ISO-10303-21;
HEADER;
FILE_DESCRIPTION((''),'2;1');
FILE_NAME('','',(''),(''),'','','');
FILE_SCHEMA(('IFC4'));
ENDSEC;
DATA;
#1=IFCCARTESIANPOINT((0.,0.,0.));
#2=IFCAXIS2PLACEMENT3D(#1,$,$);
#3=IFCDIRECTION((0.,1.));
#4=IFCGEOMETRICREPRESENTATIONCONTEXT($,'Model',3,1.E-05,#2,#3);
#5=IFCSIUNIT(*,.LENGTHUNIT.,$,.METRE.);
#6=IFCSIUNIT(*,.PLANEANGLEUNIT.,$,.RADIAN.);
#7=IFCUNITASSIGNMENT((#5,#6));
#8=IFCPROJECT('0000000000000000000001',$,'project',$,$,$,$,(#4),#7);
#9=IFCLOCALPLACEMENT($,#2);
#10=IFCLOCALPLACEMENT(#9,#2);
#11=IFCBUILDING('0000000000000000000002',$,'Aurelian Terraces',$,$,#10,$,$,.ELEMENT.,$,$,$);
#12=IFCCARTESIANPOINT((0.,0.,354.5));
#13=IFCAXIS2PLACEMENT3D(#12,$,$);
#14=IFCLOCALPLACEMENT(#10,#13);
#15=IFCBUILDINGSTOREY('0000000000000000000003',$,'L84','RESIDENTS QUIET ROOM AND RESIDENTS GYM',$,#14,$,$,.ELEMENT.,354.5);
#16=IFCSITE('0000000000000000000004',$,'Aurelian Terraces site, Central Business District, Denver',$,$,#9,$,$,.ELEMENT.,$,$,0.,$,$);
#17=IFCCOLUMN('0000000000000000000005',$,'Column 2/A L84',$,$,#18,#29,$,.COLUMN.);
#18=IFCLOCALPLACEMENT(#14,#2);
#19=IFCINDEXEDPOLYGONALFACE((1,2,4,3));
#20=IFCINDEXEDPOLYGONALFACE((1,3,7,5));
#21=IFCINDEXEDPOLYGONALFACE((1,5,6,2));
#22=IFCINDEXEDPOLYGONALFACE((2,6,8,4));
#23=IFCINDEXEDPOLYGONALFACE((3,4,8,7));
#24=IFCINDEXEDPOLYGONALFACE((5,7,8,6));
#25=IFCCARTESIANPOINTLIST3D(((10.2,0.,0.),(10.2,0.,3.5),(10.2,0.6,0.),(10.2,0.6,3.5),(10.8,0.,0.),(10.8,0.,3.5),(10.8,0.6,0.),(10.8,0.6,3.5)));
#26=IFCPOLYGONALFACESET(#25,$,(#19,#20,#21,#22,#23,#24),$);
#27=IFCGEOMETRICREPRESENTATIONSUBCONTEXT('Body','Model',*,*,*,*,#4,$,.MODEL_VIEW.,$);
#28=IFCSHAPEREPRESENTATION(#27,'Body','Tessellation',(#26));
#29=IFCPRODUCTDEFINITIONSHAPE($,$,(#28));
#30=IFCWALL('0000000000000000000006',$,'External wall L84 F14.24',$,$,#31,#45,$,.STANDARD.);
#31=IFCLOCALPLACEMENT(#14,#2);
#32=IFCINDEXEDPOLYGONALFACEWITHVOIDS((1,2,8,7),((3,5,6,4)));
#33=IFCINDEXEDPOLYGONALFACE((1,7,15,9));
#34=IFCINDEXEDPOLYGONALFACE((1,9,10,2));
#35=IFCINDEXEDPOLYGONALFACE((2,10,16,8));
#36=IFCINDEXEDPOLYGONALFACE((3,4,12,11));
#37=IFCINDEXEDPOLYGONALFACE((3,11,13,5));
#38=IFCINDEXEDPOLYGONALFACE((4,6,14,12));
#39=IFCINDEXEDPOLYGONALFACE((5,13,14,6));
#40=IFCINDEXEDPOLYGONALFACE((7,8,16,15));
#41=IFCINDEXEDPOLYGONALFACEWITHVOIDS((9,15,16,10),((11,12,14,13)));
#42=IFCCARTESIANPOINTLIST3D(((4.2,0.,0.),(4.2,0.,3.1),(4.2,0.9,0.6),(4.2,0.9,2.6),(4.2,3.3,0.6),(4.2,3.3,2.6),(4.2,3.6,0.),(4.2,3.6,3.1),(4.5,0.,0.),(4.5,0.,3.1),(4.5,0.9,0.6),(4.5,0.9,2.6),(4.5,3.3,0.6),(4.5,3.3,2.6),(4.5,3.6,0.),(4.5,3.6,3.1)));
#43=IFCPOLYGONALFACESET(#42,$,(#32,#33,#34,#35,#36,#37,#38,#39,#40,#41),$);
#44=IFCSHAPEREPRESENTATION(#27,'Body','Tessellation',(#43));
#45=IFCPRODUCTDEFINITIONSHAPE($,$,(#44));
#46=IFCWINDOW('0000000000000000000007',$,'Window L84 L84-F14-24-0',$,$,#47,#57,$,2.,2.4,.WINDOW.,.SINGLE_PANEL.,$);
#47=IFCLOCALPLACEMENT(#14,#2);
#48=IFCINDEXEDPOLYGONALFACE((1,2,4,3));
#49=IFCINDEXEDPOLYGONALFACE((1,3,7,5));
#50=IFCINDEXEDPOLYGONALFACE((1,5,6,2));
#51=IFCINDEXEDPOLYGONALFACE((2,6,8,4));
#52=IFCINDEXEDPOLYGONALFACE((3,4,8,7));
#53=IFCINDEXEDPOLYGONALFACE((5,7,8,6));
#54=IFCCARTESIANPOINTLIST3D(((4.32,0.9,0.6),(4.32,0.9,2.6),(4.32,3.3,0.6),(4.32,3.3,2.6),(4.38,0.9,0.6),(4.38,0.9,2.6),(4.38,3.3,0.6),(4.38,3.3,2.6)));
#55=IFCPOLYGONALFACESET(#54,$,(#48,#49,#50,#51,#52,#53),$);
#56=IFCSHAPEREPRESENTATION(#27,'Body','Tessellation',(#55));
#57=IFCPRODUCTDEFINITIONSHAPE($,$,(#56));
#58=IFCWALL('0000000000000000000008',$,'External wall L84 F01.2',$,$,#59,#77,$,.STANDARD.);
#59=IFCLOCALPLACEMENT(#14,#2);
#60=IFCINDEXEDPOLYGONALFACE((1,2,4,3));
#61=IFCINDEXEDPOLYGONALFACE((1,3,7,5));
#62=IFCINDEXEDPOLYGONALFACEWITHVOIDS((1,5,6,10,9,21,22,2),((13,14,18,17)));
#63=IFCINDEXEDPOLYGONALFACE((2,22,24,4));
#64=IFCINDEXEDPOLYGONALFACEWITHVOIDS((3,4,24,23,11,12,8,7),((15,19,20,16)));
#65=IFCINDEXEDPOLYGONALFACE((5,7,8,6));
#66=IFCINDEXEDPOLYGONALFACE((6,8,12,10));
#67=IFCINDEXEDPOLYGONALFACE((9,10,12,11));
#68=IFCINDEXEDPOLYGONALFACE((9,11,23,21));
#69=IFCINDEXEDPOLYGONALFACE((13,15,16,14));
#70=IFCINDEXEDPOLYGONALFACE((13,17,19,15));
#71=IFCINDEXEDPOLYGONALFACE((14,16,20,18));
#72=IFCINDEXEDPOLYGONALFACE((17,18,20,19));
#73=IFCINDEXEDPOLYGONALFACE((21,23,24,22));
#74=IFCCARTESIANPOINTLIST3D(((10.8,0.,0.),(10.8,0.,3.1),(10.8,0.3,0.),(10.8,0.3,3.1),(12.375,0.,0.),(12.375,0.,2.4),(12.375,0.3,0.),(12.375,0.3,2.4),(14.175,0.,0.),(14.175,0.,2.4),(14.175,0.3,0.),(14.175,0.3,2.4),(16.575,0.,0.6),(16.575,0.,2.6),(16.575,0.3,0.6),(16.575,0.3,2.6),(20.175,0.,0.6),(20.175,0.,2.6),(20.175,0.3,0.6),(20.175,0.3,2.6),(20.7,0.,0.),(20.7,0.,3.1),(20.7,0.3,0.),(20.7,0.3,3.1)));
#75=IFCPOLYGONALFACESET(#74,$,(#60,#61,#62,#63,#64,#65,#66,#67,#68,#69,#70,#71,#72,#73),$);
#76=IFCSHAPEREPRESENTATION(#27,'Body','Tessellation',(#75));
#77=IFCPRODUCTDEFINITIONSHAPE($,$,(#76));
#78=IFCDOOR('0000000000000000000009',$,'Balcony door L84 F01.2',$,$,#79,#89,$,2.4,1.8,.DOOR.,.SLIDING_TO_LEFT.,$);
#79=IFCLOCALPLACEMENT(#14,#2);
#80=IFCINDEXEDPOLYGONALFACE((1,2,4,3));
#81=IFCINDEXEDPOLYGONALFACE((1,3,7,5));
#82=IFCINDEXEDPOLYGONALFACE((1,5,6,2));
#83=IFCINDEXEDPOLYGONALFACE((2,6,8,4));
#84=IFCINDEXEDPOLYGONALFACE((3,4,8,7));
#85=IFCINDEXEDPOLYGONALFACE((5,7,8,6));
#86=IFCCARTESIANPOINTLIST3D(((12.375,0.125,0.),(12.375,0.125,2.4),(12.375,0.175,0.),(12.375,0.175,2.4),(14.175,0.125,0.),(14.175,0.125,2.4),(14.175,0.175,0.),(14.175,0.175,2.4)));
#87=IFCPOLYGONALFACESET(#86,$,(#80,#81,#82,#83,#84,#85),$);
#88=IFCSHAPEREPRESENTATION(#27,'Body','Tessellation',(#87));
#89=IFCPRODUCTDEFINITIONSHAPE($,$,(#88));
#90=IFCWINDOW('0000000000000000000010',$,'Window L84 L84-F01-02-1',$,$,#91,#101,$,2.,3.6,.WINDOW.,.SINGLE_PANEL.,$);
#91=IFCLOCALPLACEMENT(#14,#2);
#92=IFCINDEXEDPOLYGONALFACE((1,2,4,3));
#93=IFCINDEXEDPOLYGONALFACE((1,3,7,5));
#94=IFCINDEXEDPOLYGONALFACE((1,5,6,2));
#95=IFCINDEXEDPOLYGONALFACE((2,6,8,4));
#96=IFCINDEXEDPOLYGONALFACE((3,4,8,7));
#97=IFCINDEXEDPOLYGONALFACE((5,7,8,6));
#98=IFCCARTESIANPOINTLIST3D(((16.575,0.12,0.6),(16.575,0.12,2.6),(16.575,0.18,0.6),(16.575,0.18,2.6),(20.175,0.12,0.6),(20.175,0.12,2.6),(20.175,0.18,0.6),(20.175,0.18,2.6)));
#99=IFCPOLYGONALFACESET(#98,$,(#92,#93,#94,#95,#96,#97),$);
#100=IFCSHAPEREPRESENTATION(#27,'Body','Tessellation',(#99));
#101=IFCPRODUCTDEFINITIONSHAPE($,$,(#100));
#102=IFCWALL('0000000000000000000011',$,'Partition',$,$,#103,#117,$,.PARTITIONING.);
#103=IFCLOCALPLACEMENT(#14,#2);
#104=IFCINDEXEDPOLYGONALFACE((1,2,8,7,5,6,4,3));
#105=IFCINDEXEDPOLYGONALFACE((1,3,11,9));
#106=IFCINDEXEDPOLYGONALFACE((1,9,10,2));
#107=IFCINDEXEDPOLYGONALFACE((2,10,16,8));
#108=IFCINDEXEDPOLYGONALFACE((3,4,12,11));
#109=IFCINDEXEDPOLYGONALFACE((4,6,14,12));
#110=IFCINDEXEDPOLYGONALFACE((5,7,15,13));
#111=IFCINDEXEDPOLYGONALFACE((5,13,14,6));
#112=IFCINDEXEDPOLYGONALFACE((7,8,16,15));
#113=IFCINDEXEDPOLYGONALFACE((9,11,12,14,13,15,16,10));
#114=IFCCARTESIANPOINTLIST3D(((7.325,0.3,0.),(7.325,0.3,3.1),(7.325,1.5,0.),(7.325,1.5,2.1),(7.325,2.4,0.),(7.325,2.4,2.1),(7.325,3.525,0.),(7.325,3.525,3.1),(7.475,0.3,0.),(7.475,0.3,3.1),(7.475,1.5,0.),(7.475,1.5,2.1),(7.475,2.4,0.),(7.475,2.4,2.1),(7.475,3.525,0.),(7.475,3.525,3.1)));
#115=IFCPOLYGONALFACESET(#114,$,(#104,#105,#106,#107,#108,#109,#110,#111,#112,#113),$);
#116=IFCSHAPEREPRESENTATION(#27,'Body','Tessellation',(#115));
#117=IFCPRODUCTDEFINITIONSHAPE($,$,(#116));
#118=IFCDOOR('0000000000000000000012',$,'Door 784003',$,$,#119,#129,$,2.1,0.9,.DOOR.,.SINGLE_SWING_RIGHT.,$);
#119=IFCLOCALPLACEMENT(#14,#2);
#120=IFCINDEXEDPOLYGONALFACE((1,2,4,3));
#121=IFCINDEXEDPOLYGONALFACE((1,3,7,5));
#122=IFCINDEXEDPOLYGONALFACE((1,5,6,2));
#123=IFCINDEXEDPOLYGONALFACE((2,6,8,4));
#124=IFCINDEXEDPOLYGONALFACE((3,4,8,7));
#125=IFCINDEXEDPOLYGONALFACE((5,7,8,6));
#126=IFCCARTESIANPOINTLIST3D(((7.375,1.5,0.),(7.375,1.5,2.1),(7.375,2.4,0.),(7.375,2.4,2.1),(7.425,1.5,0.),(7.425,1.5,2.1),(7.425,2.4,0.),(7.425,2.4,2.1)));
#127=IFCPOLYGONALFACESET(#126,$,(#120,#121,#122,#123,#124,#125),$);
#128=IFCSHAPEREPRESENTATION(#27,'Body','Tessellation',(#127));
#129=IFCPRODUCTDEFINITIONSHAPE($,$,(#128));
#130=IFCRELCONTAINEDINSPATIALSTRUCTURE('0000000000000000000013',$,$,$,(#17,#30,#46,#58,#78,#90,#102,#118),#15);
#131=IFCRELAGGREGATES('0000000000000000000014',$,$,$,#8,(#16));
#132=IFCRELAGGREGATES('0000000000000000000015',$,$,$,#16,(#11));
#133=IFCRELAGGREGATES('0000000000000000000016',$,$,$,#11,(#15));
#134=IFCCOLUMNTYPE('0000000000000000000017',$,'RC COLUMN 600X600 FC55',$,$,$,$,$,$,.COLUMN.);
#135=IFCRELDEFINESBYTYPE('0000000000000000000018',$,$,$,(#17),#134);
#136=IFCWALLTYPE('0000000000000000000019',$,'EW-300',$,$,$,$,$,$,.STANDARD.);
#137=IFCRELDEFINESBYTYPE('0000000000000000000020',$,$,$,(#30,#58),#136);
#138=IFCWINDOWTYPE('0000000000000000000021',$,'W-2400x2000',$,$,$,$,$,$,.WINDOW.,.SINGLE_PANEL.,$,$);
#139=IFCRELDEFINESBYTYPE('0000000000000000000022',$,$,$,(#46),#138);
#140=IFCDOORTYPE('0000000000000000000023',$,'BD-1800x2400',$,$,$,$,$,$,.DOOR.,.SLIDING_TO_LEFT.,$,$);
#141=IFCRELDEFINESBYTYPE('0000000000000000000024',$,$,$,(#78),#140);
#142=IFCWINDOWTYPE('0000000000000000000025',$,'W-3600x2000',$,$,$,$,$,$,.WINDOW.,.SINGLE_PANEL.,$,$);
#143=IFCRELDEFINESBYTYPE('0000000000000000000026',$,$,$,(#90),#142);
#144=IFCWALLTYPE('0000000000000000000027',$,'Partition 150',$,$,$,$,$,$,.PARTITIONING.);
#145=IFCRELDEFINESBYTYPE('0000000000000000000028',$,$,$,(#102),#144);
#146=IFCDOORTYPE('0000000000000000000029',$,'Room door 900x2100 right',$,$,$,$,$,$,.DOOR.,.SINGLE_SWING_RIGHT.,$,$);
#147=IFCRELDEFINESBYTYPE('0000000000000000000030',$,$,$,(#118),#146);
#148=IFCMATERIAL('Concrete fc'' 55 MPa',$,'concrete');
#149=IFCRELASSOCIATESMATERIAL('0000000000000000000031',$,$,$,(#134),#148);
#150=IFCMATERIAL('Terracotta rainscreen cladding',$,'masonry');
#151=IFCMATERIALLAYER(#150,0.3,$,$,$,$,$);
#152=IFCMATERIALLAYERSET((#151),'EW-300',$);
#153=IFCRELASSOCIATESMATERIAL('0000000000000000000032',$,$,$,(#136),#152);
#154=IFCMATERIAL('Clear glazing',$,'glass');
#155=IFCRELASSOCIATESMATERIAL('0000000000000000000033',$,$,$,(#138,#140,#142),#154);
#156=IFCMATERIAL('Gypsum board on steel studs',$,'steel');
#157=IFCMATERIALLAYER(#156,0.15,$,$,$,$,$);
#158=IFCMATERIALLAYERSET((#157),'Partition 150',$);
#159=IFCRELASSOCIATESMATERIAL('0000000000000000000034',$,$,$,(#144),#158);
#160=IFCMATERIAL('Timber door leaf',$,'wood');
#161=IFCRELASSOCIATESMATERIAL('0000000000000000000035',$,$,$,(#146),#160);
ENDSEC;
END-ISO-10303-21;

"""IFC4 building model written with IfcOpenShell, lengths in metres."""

from ifc_helpers import new_model, si_unit, direction, frame, frame_2d, origin, origin_2d, place, context, subcontext, project, spatial, rectangle, extrude, source, transform, mapped, material, layer, layer_set, material_profile, profile_set, type_object, element, fill, save


model = new_model("IFC4")

# Units and contexts
model_context = context("Model", 3, precision=1e-05, world=origin(), true_north=direction((0.0, 1.0)))
body_context = subcontext(model_context, "Body", "Model", "MODEL_VIEW")
ifc_project = project(units=[si_unit("LENGTHUNIT", "METRE"), si_unit("PLANEANGLEUNIT", "RADIAN")], contexts=[model_context])

# Site, building, storey
site_placement = place(None, origin())
site = spatial("IfcSite", under=ifc_project, at=site_placement, Name="Aurelian Terraces site, Central Business District, Denver", CompositionType="ELEMENT", RefElevation=0.0)
building_placement = place(site_placement, origin())
building = spatial("IfcBuilding", under=site, at=building_placement, Name="Aurelian Terraces", CompositionType="ELEMENT")
storey_placement = place(building_placement, frame((0.0, 0.0, 354.5)))
storey = spatial("IfcBuildingStorey", under=building, at=storey_placement, Name="L84", Description="RESIDENTS QUIET ROOM AND RESIDENTS GYM", CompositionType="ELEMENT", Elevation=354.5)

# Column
ifc_material_1 = material(Name="Concrete fc' 55 MPa", Category="concrete")
ifc_material_profile = material_profile(ifc_material_1, rectangle(XDim=0.6, YDim=0.6, at=origin_2d()))
ifc_profile_set = profile_set([ifc_material_profile], Name="Concrete fc' 55 MPa")
column_type = type_object("IfcColumnType", Name="RC COLUMN 600X600 FC55", PredefinedType="COLUMN", material=ifc_profile_set)
shared_shape_1 = source(origin(), body_context, "Body", "SweptSolid", [
    extrude(rectangle(XDim=0.6, YDim=0.6, at=origin_2d()), origin(), (0.0, 0.0, 1.0), 3.5),
])
column_placement = place(storey_placement, frame((10.5, 0.3, 0.0), z_axis=(0.0, 0.0, 1.0), x_axis=(1.0, 0.0, 0.0)))
element("IfcColumn", 1, at=column_placement, inside=storey, type_object=column_type, Name="Column 2/A L84", PredefinedType="COLUMN", context=body_context, shape_type="MappedRepresentation", body=[
    mapped(shared_shape_1, transform((0.0, 0.0, 0.0), scale=1.0)),
])

# Wall, opening, window
ifc_material_2 = material(Name="Terracotta rainscreen cladding", Category="masonry")
ifc_layer_1 = layer(ifc_material_2, 0.3)
ifc_layer_set_1 = layer_set([ifc_layer_1], Name="EW-300")
wall_type_1 = type_object("IfcWallType", Name="EW-300", PredefinedType="STANDARD", material=ifc_layer_set_1)
shared_shape_2 = source(origin(), body_context, "Body", "SweptSolid", [
    extrude(rectangle(XDim=3.6, YDim=0.3, at=frame_2d((1.8, 0.0))), origin(), (0.0, 0.0, 1.0), 3.1),
])
wall_1_placement = place(storey_placement, frame((4.35, 3.6, 0.0), z_axis=(0.0, 0.0, 1.0), x_axis=(0.0, -1.0, 0.0)))
wall_1 = element("IfcWall", 2, at=wall_1_placement, inside=storey, type_object=wall_type_1, Name="External wall L84 F14.24", PredefinedType="STANDARD", context=body_context, shape_type="MappedRepresentation", body=[
    mapped(shared_shape_2, transform((0.0, 0.0, 0.0), scale=1.0)),
])
shared_shape_3 = source(origin(), body_context, "Body", "SweptSolid", [
    extrude(rectangle(XDim=2.4, YDim=2.0, at=frame_2d((1.2, 1.0))), frame((0.0, 0.16, 0.0), z_axis=(0.0, -1.0, 0.0), x_axis=(1.0, 0.0, 0.0)), (0.0, 0.0, 1.0), 0.32),
])
opening_1_placement = place(wall_1_placement, frame((0.3, 0.0, 0.6)))
opening_1 = element("IfcOpeningElement", 3, at=opening_1_placement, cuts=wall_1, PredefinedType="OPENING", context=body_context, shape_type="MappedRepresentation", body=[
    mapped(shared_shape_3, transform((0.0, 0.0, 0.0), scale=1.0)),
])
ifc_material_3 = material(Name="Clear glazing", Category="glass")
window_type_1 = type_object("IfcWindowType", Name="W-2400x2000", PartitioningType="SINGLE_PANEL", PredefinedType="WINDOW", material=ifc_material_3)
shared_shape_4 = source(origin(), body_context, "Body", "SweptSolid", [
    extrude(rectangle(XDim=2.4, YDim=2.0, at=frame_2d((1.2, 1.0))), frame((0.0, 0.03, 0.0), z_axis=(0.0, -1.0, 0.0), x_axis=(1.0, 0.0, 0.0)), (0.0, 0.0, 1.0), 0.06),
])
window_1_placement = place(opening_1_placement, origin())
window_1 = element("IfcWindow", 4, at=window_1_placement, inside=storey, type_object=window_type_1, Name="Window L84 L84-F14-24-0", OverallHeight=2.0, OverallWidth=2.4, PartitioningType="SINGLE_PANEL", PredefinedType="WINDOW", context=body_context, shape_type="MappedRepresentation", body=[
    mapped(shared_shape_4, transform((0.0, 0.0, 0.0), scale=1.0)),
])
fill(opening_1, window_1)

# Wall, openings, door, window
shared_shape_5 = source(origin(), body_context, "Body", "SweptSolid", [
    extrude(rectangle(XDim=9.9, YDim=0.3, at=frame_2d((4.95, 0.0))), origin(), (0.0, 0.0, 1.0), 3.1),
])
wall_2_placement = place(storey_placement, frame((10.8, 0.15, 0.0), z_axis=(0.0, 0.0, 1.0), x_axis=(1.0, 0.0, 0.0)))
wall_2 = element("IfcWall", 5, at=wall_2_placement, inside=storey, type_object=wall_type_1, Name="External wall L84 F01.2", PredefinedType="STANDARD", context=body_context, shape_type="MappedRepresentation", body=[
    mapped(shared_shape_5, transform((0.0, 0.0, 0.0), scale=1.0)),
])
shared_shape_6 = source(origin(), body_context, "Body", "SweptSolid", [
    extrude(rectangle(XDim=1.8, YDim=2.4, at=frame_2d((0.9, 1.2))), frame((0.0, 0.16, 0.0), z_axis=(0.0, -1.0, 0.0), x_axis=(1.0, 0.0, 0.0)), (0.0, 0.0, 1.0), 0.32),
])
opening_2_placement = place(wall_2_placement, frame((1.575, 0.0, 0.0)))
opening_2 = element("IfcOpeningElement", 6, at=opening_2_placement, cuts=wall_2, PredefinedType="OPENING", context=body_context, shape_type="MappedRepresentation", body=[
    mapped(shared_shape_6, transform((0.0, 0.0, 0.0), scale=1.0)),
])
shared_shape_7 = source(origin(), body_context, "Body", "SweptSolid", [
    extrude(rectangle(XDim=3.6, YDim=2.0, at=frame_2d((1.8, 1.0))), frame((0.0, 0.16, 0.0), z_axis=(0.0, -1.0, 0.0), x_axis=(1.0, 0.0, 0.0)), (0.0, 0.0, 1.0), 0.32),
])
opening_3_placement = place(wall_2_placement, frame((5.775, 0.0, 0.6)))
opening_3 = element("IfcOpeningElement", 7, at=opening_3_placement, cuts=wall_2, PredefinedType="OPENING", context=body_context, shape_type="MappedRepresentation", body=[
    mapped(shared_shape_7, transform((0.0, 0.0, 0.0), scale=1.0)),
])
door_type_1 = type_object("IfcDoorType", Name="BD-1800x2400", OperationType="SLIDING_TO_LEFT", PredefinedType="DOOR", material=ifc_material_3)
shared_shape_8 = source(origin(), body_context, "Body", "SweptSolid", [
    extrude(rectangle(XDim=1.8, YDim=2.4, at=frame_2d((0.9, 1.2))), frame((0.0, 0.025, 0.0), z_axis=(0.0, -1.0, 0.0), x_axis=(1.0, 0.0, 0.0)), (0.0, 0.0, 1.0), 0.05),
])
door_1_placement = place(opening_2_placement, origin())
door_1 = element("IfcDoor", 8, at=door_1_placement, inside=storey, type_object=door_type_1, Name="Balcony door L84 F01.2", OperationType="SLIDING_TO_LEFT", OverallHeight=2.4, OverallWidth=1.8, PredefinedType="DOOR", context=body_context, shape_type="MappedRepresentation", body=[
    mapped(shared_shape_8, transform((0.0, 0.0, 0.0), scale=1.0)),
])
fill(opening_2, door_1)
window_type_2 = type_object("IfcWindowType", Name="W-3600x2000", PartitioningType="SINGLE_PANEL", PredefinedType="WINDOW", material=ifc_material_3)
shared_shape_9 = source(origin(), body_context, "Body", "SweptSolid", [
    extrude(rectangle(XDim=3.6, YDim=2.0, at=frame_2d((1.8, 1.0))), frame((0.0, 0.03, 0.0), z_axis=(0.0, -1.0, 0.0), x_axis=(1.0, 0.0, 0.0)), (0.0, 0.0, 1.0), 0.06),
])
window_2_placement = place(opening_3_placement, origin())
window_2 = element("IfcWindow", 9, at=window_2_placement, inside=storey, type_object=window_type_2, Name="Window L84 L84-F01-02-1", OverallHeight=2.0, OverallWidth=3.6, PartitioningType="SINGLE_PANEL", PredefinedType="WINDOW", context=body_context, shape_type="MappedRepresentation", body=[
    mapped(shared_shape_9, transform((0.0, 0.0, 0.0), scale=1.0)),
])
fill(opening_3, window_2)

# Wall, opening, door
ifc_material_4 = material(Name="Gypsum board on steel studs", Category="steel")
ifc_layer_2 = layer(ifc_material_4, 0.15)
ifc_layer_set_2 = layer_set([ifc_layer_2], Name="Partition 150")
wall_type_2 = type_object("IfcWallType", Name="Partition 150", PredefinedType="PARTITIONING", material=ifc_layer_set_2)
shared_shape_10 = source(origin(), body_context, "Body", "SweptSolid", [
    extrude(rectangle(XDim=3.225, YDim=0.15, at=frame_2d((1.6125, 0.0))), origin(), (0.0, 0.0, 1.0), 3.1),
])
wall_3_placement = place(storey_placement, frame((7.4, 3.525, 0.0), z_axis=(0.0, 0.0, 1.0), x_axis=(0.0, -1.0, 0.0)))
wall_3 = element("IfcWall", 10, at=wall_3_placement, inside=storey, type_object=wall_type_2, Name="Partition", PredefinedType="PARTITIONING", context=body_context, shape_type="MappedRepresentation", body=[
    mapped(shared_shape_10, transform((0.0, 0.0, 0.0), scale=1.0)),
])
shared_shape_11 = source(origin(), body_context, "Body", "SweptSolid", [
    extrude(rectangle(XDim=0.9, YDim=2.1, at=frame_2d((0.45, 1.05))), frame((0.0, 0.085, 0.0), z_axis=(0.0, -1.0, 0.0), x_axis=(1.0, 0.0, 0.0)), (0.0, 0.0, 1.0), 0.17),
])
opening_4_placement = place(wall_3_placement, frame((1.125, 0.0, 0.0)))
opening_4 = element("IfcOpeningElement", 11, at=opening_4_placement, cuts=wall_3, PredefinedType="OPENING", context=body_context, shape_type="MappedRepresentation", body=[
    mapped(shared_shape_11, transform((0.0, 0.0, 0.0), scale=1.0)),
])
ifc_material_5 = material(Name="Timber door leaf", Category="wood")
door_type_2 = type_object("IfcDoorType", Name="Room door 900x2100 right", OperationType="SINGLE_SWING_RIGHT", PredefinedType="DOOR", material=ifc_material_5)
shared_shape_12 = source(origin(), body_context, "Body", "SweptSolid", [
    extrude(rectangle(XDim=0.9, YDim=2.1, at=frame_2d((0.45, 1.05))), frame((0.0, 0.025, 0.0), z_axis=(0.0, -1.0, 0.0), x_axis=(1.0, 0.0, 0.0)), (0.0, 0.0, 1.0), 0.05),
])
door_2_placement = place(opening_4_placement, origin())
door_2 = element("IfcDoor", 12, at=door_2_placement, inside=storey, type_object=door_type_2, Name="Door 784003", OperationType="SINGLE_SWING_RIGHT", OverallHeight=2.1, OverallWidth=0.9, PredefinedType="DOOR", context=body_context, shape_type="MappedRepresentation", body=[
    mapped(shared_shape_12, transform((0.0, 0.0, 0.0), scale=1.0)),
])
fill(opening_4, door_2)

save(model, "model.ifc")
